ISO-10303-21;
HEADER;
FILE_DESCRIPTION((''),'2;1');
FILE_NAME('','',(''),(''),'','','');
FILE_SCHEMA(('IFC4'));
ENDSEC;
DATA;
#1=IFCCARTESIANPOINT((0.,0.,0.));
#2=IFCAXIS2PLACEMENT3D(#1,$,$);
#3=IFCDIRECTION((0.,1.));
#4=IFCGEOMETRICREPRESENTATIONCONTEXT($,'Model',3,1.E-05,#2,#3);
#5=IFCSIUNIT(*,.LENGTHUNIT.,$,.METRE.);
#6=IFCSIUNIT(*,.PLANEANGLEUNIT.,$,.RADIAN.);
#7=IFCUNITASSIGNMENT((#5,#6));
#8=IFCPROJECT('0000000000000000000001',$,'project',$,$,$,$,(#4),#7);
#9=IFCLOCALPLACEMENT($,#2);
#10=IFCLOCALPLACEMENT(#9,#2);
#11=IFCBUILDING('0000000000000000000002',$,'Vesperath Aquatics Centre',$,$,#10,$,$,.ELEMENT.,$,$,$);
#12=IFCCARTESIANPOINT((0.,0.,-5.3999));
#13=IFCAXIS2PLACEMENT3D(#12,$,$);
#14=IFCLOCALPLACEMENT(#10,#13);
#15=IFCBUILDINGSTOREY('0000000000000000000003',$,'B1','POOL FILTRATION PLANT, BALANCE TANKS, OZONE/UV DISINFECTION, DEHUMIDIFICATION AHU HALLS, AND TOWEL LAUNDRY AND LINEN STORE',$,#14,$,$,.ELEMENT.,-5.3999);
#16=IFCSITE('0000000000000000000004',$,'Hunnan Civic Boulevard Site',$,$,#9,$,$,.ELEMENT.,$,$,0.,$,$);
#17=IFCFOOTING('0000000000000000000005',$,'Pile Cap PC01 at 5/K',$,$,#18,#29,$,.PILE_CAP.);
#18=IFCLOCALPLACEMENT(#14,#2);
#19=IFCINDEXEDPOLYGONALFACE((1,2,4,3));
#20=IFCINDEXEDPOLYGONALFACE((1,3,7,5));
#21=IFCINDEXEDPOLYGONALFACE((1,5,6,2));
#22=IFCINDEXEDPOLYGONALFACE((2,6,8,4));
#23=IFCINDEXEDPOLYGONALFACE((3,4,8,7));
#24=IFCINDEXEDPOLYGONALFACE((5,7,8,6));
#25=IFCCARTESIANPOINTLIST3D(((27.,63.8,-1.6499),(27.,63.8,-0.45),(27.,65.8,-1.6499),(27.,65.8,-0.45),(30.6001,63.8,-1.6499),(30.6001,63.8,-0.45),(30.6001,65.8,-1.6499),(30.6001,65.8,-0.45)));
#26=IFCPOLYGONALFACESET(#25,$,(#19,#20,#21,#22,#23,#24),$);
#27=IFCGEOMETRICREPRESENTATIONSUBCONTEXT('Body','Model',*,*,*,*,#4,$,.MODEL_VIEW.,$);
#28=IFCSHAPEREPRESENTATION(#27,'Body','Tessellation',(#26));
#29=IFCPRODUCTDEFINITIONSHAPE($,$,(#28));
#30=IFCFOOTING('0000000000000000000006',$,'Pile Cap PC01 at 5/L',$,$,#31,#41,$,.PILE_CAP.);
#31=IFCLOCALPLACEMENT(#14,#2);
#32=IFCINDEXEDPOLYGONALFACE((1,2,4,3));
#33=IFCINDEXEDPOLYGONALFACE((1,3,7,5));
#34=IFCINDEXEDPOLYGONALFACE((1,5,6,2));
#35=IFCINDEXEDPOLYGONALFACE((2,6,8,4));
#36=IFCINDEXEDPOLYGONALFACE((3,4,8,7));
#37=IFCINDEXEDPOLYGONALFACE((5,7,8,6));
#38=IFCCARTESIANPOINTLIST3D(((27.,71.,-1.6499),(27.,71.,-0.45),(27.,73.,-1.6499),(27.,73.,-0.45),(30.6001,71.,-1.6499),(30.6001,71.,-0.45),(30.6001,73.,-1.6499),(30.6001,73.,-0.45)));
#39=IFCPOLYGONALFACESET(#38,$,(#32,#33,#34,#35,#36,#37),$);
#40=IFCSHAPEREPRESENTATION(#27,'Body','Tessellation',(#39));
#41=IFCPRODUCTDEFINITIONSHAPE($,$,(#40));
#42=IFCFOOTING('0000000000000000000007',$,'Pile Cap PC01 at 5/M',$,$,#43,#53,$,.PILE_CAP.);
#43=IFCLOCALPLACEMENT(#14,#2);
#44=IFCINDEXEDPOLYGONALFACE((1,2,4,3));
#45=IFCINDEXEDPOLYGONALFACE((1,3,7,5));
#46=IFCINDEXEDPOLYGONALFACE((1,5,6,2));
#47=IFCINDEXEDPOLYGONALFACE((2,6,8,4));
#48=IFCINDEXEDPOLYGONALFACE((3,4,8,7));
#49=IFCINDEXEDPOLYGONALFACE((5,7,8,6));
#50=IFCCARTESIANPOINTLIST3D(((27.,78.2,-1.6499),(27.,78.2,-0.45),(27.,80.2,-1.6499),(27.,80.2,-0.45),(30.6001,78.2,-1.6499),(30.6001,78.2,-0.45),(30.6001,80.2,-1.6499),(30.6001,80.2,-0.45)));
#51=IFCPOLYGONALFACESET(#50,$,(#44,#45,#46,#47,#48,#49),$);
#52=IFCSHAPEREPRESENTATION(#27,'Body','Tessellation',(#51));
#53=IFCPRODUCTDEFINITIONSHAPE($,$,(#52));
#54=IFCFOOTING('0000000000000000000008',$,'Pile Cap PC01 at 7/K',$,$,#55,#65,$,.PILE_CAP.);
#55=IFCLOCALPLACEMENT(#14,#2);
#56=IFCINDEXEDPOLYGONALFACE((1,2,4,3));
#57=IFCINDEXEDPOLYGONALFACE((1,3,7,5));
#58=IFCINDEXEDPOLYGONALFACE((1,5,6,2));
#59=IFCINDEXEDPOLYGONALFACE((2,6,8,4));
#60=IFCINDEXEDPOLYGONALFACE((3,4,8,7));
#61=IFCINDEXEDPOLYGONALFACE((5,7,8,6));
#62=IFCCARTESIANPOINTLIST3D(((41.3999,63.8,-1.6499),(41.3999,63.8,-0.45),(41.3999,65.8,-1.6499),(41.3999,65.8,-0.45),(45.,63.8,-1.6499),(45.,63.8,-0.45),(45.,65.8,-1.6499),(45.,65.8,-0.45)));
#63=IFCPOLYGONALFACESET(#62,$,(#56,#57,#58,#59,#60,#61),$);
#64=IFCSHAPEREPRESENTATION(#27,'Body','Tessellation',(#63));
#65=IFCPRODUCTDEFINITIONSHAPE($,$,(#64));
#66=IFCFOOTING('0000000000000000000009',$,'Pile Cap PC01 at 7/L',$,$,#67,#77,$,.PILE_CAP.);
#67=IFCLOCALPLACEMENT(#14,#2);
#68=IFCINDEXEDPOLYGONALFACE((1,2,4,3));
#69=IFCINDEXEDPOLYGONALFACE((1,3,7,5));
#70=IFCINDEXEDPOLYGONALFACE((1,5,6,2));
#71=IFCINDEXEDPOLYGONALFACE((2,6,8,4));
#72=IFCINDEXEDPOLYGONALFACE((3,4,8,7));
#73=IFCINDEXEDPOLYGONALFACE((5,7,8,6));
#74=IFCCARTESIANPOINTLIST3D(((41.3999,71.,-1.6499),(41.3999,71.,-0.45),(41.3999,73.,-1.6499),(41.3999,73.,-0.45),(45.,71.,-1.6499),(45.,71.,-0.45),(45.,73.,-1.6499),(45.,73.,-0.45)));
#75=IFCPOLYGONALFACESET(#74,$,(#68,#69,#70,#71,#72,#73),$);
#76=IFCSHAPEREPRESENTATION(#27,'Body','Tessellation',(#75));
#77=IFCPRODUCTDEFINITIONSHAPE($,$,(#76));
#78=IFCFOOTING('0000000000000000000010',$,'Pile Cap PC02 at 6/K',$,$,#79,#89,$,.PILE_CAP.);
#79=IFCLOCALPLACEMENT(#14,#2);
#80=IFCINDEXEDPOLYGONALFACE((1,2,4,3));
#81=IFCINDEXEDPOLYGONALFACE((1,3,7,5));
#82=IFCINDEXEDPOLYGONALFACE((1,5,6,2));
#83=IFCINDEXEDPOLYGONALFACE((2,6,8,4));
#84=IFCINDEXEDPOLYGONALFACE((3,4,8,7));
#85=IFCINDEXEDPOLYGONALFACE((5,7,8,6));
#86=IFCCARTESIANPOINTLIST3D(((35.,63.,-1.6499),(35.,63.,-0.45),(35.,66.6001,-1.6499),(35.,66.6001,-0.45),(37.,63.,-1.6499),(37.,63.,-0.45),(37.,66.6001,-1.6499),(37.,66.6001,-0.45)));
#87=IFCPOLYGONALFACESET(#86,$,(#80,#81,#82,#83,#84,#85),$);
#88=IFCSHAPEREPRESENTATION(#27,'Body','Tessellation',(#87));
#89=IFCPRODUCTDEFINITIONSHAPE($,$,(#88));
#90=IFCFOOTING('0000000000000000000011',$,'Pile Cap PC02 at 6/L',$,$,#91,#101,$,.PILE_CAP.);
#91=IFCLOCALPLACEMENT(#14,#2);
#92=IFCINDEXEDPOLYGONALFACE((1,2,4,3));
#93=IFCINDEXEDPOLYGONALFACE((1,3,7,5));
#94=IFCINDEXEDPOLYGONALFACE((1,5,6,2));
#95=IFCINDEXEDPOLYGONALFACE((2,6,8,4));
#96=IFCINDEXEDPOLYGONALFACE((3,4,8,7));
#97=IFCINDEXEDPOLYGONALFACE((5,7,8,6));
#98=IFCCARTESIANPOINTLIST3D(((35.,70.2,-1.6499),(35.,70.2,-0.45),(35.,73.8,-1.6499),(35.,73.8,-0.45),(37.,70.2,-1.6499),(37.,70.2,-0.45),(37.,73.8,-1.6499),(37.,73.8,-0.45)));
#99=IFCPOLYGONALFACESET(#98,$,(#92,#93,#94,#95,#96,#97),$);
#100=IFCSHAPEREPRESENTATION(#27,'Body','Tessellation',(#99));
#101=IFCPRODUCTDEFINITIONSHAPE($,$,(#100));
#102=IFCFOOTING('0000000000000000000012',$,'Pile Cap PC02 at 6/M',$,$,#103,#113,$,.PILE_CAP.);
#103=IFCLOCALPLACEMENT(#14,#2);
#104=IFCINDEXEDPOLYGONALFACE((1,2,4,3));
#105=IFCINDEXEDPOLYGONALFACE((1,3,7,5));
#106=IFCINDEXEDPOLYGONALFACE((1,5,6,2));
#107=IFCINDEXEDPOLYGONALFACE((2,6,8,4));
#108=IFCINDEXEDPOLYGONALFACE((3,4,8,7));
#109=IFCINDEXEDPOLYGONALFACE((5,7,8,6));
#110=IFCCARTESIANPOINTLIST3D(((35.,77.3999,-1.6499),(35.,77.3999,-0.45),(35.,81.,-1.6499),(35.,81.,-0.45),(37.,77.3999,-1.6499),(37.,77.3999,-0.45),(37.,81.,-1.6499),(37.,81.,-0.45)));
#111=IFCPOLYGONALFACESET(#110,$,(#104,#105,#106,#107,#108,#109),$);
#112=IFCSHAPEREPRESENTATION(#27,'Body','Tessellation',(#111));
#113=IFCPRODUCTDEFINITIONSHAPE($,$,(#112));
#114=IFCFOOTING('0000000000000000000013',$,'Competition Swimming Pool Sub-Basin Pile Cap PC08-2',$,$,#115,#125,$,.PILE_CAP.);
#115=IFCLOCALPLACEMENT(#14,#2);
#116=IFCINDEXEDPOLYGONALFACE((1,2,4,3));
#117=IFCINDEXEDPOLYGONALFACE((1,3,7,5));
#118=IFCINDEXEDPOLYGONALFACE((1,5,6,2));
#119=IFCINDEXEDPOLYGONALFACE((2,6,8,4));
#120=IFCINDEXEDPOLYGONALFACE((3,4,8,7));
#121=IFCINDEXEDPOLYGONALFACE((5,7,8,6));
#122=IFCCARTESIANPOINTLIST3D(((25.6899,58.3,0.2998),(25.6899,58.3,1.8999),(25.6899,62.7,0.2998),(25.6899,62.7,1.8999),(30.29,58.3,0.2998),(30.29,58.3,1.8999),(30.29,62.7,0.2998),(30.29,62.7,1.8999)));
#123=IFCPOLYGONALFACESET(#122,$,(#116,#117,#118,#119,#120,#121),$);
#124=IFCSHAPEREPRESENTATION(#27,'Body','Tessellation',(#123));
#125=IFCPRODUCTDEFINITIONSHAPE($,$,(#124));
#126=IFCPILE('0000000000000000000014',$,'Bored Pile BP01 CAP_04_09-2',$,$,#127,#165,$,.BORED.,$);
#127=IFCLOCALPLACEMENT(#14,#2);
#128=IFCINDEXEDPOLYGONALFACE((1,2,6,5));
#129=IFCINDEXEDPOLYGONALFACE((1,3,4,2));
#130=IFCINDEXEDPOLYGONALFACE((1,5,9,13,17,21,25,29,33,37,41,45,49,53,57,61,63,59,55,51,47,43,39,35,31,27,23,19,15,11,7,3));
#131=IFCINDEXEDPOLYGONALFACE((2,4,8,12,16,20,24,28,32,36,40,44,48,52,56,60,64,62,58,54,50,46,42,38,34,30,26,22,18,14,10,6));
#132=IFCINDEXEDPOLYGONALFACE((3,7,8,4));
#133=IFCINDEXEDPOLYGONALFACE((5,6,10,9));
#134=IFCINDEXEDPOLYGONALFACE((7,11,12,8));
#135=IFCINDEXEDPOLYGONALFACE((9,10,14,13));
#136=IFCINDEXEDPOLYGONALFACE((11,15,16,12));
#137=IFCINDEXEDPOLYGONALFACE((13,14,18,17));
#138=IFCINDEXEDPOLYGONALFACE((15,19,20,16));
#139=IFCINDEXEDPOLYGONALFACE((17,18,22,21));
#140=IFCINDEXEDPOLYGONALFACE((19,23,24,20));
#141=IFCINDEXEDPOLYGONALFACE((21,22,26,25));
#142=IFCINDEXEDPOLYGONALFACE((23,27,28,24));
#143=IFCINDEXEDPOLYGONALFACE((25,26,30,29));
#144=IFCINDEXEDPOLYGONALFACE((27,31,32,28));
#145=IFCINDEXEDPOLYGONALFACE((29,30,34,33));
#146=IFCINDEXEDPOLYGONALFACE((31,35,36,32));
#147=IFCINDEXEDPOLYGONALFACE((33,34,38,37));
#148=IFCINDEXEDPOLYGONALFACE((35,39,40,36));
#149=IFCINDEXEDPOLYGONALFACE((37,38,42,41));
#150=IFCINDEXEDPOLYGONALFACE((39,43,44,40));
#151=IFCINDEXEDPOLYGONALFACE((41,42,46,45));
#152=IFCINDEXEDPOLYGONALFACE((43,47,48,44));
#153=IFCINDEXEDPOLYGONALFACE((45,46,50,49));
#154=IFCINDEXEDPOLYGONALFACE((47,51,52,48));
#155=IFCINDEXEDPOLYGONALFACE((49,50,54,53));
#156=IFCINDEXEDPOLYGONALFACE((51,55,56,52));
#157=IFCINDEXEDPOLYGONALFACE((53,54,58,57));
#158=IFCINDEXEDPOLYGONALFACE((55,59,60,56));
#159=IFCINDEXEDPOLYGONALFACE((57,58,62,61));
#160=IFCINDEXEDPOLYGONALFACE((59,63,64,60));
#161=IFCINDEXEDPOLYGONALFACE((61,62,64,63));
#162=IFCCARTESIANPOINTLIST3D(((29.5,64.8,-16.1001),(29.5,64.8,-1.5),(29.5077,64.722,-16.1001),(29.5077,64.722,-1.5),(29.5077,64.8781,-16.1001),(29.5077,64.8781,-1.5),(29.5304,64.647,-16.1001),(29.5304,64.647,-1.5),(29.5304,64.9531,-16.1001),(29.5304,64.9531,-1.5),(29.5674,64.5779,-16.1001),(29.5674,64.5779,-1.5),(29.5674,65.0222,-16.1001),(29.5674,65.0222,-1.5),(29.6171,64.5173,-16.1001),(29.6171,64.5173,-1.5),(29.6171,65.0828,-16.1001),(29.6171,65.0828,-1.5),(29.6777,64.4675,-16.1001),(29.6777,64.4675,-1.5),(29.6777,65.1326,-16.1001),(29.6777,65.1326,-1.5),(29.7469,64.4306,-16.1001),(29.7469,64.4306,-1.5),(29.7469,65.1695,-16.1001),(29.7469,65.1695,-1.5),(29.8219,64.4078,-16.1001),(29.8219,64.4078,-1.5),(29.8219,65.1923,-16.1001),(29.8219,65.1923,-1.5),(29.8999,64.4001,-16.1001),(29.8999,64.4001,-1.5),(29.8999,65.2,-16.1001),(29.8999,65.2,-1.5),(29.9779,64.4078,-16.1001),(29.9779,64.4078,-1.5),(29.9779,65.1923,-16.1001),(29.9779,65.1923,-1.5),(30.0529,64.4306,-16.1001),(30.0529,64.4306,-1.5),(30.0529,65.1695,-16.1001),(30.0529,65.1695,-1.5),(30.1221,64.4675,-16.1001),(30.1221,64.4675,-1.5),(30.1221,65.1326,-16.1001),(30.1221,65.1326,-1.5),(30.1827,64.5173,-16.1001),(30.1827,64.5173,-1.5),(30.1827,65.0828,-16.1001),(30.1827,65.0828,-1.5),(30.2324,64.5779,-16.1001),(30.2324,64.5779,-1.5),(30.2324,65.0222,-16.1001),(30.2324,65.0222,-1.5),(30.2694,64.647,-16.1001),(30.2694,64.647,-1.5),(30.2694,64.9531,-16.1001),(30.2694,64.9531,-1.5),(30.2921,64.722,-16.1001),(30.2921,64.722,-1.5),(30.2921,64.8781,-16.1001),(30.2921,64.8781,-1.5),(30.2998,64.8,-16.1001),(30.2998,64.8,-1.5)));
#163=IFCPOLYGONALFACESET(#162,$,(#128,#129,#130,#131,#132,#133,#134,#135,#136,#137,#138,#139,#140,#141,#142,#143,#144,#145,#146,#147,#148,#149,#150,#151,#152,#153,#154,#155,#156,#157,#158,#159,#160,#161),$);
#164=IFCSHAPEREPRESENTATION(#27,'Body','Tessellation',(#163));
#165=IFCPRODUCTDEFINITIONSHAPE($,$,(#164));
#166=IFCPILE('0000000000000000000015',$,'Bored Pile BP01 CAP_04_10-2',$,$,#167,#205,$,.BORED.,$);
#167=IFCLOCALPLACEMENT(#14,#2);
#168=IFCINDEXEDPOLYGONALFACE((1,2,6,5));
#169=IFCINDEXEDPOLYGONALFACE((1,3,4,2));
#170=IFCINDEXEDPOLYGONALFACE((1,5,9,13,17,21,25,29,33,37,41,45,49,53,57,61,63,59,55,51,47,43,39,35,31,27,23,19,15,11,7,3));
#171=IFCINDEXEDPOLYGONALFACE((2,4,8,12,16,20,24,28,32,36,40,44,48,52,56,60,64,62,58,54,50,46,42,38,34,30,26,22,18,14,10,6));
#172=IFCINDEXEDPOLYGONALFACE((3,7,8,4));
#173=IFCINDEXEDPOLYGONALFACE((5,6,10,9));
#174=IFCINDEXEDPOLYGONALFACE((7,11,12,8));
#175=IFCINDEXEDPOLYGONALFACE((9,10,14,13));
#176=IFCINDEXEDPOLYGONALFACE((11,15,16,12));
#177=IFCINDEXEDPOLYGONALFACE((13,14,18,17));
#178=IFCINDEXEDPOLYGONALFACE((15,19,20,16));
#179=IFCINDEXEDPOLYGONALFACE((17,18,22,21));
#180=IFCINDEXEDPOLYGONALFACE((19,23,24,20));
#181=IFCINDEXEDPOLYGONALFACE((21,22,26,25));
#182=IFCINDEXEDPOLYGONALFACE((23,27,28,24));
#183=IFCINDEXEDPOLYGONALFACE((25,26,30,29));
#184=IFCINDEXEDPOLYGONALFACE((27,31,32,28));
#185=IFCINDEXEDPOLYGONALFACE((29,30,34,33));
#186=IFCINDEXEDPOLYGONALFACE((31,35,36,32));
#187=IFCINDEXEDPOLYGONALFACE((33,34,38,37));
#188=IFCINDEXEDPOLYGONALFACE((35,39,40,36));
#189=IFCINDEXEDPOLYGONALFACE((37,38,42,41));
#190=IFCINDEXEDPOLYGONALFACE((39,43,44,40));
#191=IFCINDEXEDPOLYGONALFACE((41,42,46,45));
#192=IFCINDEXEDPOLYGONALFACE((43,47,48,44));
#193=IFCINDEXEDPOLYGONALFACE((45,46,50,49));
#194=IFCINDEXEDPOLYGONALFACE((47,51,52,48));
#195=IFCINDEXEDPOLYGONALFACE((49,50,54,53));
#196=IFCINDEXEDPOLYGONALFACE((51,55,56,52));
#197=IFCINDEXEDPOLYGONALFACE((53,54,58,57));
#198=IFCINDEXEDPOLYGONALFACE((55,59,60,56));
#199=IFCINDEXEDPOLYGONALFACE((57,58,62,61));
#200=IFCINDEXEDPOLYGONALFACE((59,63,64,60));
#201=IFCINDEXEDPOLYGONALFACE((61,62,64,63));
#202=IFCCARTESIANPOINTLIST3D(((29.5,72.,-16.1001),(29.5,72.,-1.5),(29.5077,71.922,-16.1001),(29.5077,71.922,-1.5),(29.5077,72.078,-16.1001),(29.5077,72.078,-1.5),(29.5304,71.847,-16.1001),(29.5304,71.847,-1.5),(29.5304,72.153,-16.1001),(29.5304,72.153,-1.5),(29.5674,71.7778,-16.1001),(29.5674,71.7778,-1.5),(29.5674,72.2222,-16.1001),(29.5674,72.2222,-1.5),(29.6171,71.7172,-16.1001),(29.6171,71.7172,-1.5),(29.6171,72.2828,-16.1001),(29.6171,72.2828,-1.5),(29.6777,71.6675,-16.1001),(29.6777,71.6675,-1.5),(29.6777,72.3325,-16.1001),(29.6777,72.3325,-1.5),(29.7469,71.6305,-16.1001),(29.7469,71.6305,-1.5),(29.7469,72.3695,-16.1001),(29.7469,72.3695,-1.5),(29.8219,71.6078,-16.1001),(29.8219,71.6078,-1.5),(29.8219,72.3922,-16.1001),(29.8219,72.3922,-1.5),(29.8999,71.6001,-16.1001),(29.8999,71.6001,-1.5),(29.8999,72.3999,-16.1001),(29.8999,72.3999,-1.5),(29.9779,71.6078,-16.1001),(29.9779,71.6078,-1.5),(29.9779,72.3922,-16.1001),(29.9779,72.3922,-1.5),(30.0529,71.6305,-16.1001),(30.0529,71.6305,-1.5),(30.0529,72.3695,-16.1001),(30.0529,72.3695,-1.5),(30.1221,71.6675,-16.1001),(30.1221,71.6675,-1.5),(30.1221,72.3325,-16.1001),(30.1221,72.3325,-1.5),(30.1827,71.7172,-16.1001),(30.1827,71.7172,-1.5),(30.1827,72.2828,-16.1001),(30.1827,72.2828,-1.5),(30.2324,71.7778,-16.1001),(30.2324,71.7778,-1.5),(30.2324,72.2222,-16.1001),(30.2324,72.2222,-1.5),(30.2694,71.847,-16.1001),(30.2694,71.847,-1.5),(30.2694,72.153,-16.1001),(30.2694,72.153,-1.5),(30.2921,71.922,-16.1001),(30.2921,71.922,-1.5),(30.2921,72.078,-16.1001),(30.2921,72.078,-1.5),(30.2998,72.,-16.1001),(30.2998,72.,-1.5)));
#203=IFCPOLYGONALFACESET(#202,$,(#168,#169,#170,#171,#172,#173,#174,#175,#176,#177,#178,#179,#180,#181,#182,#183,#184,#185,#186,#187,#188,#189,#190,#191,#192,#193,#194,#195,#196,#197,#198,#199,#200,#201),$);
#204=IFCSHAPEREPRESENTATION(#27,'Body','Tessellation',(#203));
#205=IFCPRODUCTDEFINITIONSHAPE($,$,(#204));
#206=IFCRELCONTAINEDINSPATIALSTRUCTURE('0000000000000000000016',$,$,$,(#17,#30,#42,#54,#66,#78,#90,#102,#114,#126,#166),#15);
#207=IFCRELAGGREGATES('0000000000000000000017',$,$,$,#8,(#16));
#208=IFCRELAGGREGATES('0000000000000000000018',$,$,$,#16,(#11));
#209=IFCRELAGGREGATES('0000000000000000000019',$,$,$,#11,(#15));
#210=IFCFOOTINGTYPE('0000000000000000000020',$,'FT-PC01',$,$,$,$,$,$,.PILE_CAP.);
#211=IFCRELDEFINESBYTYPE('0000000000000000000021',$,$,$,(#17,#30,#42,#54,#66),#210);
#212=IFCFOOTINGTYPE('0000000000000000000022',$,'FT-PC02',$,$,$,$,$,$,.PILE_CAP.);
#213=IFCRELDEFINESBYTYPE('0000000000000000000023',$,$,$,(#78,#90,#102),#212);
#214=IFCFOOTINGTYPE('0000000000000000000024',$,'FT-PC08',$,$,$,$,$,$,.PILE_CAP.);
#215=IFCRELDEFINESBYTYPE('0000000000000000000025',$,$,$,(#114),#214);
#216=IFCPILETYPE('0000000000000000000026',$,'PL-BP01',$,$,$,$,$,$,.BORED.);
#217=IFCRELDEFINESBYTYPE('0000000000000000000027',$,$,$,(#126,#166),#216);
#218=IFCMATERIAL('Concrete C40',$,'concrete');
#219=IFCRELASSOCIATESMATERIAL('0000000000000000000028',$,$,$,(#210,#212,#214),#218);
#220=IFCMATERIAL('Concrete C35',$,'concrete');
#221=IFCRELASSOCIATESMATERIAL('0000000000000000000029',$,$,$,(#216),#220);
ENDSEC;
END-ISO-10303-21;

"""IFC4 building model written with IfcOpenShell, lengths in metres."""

from ifc_helpers import new_model, si_unit, direction, frame, origin, origin_2d, place, context, subcontext, project, spatial, rectangle, circle, extrude, material, material_profile, profile_set, type_object, element, save


model = new_model("IFC4")

# Units and contexts
model_context = context("Model", 3, precision=1e-05, world=origin(), true_north=direction((0.0, 1.0)))
body_context = subcontext(model_context, "Body", "Model", "MODEL_VIEW")
ifc_project = project(units=[si_unit("LENGTHUNIT", "METRE"), si_unit("PLANEANGLEUNIT", "RADIAN")], contexts=[model_context])

# Site, building, storey
site_placement = place(None, origin())
site = spatial("IfcSite", under=ifc_project, at=site_placement, Name="Hunnan Civic Boulevard Site", CompositionType="ELEMENT", RefElevation=0.0)
building_placement = place(site_placement, origin())
building = spatial("IfcBuilding", under=site, at=building_placement, Name="Vesperath Aquatics Centre", CompositionType="ELEMENT")
storey_placement = place(building_placement, frame((0.0, 0.0, -5.3999)))
storey = spatial("IfcBuildingStorey", under=building, at=storey_placement, Name="B1", Description="POOL FILTRATION PLANT, BALANCE TANKS, OZONE/UV DISINFECTION, DEHUMIDIFICATION AHU HALLS, AND TOWEL LAUNDRY AND LINEN STORE", CompositionType="ELEMENT", Elevation=-5.3999)

# Footings
ifc_material_1 = material(Name="Concrete C40", Category="concrete")
footing_type_1 = type_object("IfcFootingType", Name="FT-PC01", PredefinedType="PILE_CAP", material=ifc_material_1)
for number, where, z_axis, x_axis, name in (
    (1, (28.8, 64.8, -1.6499), (0.0, 0.0, 1.0), (1.0, 0.0, 0.0), "Pile Cap PC01 at 5/K"),
    (2, (28.8, 72.0, -1.6499), (0.0, 0.0, 1.0), (1.0, 0.0, 0.0), "Pile Cap PC01 at 5/L"),
    (3, (28.8, 79.2, -1.6499), (0.0, 0.0, 1.0), (1.0, 0.0, 0.0), "Pile Cap PC01 at 5/M"),
    (4, (43.2, 64.8, -1.6499), (0.0, 0.0, 1.0), (1.0, 0.0, 0.0), "Pile Cap PC01 at 7/K"),
    (5, (43.2, 72.0, -1.6499), (0.0, 0.0, 1.0), (1.0, 0.0, 0.0), "Pile Cap PC01 at 7/L"),
):
    element("IfcFooting", number, at=place(storey_placement, frame(where, z_axis=z_axis, x_axis=x_axis)), inside=storey, type_object=footing_type_1, Name=name, PredefinedType="PILE_CAP", context=body_context, shape_type="SweptSolid", body=[
        extrude(rectangle(XDim=3.6001, YDim=2.0, at=origin_2d()), origin(), (0.0, 0.0, 1.0), 1.2),
    ])
footing_type_2 = type_object("IfcFootingType", Name="FT-PC02", PredefinedType="PILE_CAP", material=ifc_material_1)
for number, where, z_axis, x_axis, name in (
    (6, (36.0, 64.8, -1.6499), (0.0, 0.0, 1.0), (1.0, 0.0, 0.0), "Pile Cap PC02 at 6/K"),
    (7, (36.0, 72.0, -1.6499), (0.0, 0.0, 1.0), (1.0, 0.0, 0.0), "Pile Cap PC02 at 6/L"),
    (8, (36.0, 79.2, -1.6499), (0.0, 0.0, 1.0), (1.0, 0.0, 0.0), "Pile Cap PC02 at 6/M"),
):
    element("IfcFooting", number, at=place(storey_placement, frame(where, z_axis=z_axis, x_axis=x_axis)), inside=storey, type_object=footing_type_2, Name=name, PredefinedType="PILE_CAP", context=body_context, shape_type="SweptSolid", body=[
        extrude(rectangle(XDim=2.0, YDim=3.6001, at=origin_2d()), origin(), (0.0, 0.0, 1.0), 1.2),
    ])
footing_type_3 = type_object("IfcFootingType", Name="FT-PC08", PredefinedType="PILE_CAP", material=ifc_material_1)
footing_placement = place(storey_placement, frame((27.99, 60.5, 0.2998), z_axis=(0.0, 0.0, 1.0), x_axis=(1.0, 0.0, 0.0)))
element("IfcFooting", 9, at=footing_placement, inside=storey, type_object=footing_type_3, Name="Competition Swimming Pool Sub-Basin Pile Cap PC08-2", PredefinedType="PILE_CAP", context=body_context, shape_type="SweptSolid", body=[
    extrude(rectangle(XDim=4.6001, YDim=4.3999, at=origin_2d()), origin(), (0.0, 0.0, 1.0), 1.6001),
])

# Piles
ifc_material_2 = material(Name="Concrete C35", Category="concrete")
ifc_material_profile_1 = material_profile(ifc_material_2, circle(Radius=0.3999, at=origin_2d()), Name="PILE D800")
ifc_profile_set_1 = profile_set([ifc_material_profile_1], Name="Concrete C35")
pile_type = type_object("IfcPileType", Name="PL-BP01", PredefinedType="BORED", material=ifc_profile_set_1)
for number, where, z_axis, x_axis, name in (
    (10, (29.8999, 64.8, -1.5), (0.0, 0.0, -1.0), (1.0, 0.0, 0.0), "Bored Pile BP01 CAP_04_09-2"),
    (11, (29.8999, 72.0, -1.5), (0.0, 0.0, -1.0), (1.0, 0.0, 0.0), "Bored Pile BP01 CAP_04_10-2"),
):
    element("IfcPile", number, at=place(storey_placement, frame(where, z_axis=z_axis, x_axis=x_axis)), inside=storey, type_object=pile_type, Name=name, PredefinedType="BORED", context=body_context, shape_type="SweptSolid", body=[
        extrude(circle(Radius=0.3999, at=origin_2d()), origin(), (0.0, 0.0, 1.0), 14.6001),
    ])

save(model, "model.ifc")
